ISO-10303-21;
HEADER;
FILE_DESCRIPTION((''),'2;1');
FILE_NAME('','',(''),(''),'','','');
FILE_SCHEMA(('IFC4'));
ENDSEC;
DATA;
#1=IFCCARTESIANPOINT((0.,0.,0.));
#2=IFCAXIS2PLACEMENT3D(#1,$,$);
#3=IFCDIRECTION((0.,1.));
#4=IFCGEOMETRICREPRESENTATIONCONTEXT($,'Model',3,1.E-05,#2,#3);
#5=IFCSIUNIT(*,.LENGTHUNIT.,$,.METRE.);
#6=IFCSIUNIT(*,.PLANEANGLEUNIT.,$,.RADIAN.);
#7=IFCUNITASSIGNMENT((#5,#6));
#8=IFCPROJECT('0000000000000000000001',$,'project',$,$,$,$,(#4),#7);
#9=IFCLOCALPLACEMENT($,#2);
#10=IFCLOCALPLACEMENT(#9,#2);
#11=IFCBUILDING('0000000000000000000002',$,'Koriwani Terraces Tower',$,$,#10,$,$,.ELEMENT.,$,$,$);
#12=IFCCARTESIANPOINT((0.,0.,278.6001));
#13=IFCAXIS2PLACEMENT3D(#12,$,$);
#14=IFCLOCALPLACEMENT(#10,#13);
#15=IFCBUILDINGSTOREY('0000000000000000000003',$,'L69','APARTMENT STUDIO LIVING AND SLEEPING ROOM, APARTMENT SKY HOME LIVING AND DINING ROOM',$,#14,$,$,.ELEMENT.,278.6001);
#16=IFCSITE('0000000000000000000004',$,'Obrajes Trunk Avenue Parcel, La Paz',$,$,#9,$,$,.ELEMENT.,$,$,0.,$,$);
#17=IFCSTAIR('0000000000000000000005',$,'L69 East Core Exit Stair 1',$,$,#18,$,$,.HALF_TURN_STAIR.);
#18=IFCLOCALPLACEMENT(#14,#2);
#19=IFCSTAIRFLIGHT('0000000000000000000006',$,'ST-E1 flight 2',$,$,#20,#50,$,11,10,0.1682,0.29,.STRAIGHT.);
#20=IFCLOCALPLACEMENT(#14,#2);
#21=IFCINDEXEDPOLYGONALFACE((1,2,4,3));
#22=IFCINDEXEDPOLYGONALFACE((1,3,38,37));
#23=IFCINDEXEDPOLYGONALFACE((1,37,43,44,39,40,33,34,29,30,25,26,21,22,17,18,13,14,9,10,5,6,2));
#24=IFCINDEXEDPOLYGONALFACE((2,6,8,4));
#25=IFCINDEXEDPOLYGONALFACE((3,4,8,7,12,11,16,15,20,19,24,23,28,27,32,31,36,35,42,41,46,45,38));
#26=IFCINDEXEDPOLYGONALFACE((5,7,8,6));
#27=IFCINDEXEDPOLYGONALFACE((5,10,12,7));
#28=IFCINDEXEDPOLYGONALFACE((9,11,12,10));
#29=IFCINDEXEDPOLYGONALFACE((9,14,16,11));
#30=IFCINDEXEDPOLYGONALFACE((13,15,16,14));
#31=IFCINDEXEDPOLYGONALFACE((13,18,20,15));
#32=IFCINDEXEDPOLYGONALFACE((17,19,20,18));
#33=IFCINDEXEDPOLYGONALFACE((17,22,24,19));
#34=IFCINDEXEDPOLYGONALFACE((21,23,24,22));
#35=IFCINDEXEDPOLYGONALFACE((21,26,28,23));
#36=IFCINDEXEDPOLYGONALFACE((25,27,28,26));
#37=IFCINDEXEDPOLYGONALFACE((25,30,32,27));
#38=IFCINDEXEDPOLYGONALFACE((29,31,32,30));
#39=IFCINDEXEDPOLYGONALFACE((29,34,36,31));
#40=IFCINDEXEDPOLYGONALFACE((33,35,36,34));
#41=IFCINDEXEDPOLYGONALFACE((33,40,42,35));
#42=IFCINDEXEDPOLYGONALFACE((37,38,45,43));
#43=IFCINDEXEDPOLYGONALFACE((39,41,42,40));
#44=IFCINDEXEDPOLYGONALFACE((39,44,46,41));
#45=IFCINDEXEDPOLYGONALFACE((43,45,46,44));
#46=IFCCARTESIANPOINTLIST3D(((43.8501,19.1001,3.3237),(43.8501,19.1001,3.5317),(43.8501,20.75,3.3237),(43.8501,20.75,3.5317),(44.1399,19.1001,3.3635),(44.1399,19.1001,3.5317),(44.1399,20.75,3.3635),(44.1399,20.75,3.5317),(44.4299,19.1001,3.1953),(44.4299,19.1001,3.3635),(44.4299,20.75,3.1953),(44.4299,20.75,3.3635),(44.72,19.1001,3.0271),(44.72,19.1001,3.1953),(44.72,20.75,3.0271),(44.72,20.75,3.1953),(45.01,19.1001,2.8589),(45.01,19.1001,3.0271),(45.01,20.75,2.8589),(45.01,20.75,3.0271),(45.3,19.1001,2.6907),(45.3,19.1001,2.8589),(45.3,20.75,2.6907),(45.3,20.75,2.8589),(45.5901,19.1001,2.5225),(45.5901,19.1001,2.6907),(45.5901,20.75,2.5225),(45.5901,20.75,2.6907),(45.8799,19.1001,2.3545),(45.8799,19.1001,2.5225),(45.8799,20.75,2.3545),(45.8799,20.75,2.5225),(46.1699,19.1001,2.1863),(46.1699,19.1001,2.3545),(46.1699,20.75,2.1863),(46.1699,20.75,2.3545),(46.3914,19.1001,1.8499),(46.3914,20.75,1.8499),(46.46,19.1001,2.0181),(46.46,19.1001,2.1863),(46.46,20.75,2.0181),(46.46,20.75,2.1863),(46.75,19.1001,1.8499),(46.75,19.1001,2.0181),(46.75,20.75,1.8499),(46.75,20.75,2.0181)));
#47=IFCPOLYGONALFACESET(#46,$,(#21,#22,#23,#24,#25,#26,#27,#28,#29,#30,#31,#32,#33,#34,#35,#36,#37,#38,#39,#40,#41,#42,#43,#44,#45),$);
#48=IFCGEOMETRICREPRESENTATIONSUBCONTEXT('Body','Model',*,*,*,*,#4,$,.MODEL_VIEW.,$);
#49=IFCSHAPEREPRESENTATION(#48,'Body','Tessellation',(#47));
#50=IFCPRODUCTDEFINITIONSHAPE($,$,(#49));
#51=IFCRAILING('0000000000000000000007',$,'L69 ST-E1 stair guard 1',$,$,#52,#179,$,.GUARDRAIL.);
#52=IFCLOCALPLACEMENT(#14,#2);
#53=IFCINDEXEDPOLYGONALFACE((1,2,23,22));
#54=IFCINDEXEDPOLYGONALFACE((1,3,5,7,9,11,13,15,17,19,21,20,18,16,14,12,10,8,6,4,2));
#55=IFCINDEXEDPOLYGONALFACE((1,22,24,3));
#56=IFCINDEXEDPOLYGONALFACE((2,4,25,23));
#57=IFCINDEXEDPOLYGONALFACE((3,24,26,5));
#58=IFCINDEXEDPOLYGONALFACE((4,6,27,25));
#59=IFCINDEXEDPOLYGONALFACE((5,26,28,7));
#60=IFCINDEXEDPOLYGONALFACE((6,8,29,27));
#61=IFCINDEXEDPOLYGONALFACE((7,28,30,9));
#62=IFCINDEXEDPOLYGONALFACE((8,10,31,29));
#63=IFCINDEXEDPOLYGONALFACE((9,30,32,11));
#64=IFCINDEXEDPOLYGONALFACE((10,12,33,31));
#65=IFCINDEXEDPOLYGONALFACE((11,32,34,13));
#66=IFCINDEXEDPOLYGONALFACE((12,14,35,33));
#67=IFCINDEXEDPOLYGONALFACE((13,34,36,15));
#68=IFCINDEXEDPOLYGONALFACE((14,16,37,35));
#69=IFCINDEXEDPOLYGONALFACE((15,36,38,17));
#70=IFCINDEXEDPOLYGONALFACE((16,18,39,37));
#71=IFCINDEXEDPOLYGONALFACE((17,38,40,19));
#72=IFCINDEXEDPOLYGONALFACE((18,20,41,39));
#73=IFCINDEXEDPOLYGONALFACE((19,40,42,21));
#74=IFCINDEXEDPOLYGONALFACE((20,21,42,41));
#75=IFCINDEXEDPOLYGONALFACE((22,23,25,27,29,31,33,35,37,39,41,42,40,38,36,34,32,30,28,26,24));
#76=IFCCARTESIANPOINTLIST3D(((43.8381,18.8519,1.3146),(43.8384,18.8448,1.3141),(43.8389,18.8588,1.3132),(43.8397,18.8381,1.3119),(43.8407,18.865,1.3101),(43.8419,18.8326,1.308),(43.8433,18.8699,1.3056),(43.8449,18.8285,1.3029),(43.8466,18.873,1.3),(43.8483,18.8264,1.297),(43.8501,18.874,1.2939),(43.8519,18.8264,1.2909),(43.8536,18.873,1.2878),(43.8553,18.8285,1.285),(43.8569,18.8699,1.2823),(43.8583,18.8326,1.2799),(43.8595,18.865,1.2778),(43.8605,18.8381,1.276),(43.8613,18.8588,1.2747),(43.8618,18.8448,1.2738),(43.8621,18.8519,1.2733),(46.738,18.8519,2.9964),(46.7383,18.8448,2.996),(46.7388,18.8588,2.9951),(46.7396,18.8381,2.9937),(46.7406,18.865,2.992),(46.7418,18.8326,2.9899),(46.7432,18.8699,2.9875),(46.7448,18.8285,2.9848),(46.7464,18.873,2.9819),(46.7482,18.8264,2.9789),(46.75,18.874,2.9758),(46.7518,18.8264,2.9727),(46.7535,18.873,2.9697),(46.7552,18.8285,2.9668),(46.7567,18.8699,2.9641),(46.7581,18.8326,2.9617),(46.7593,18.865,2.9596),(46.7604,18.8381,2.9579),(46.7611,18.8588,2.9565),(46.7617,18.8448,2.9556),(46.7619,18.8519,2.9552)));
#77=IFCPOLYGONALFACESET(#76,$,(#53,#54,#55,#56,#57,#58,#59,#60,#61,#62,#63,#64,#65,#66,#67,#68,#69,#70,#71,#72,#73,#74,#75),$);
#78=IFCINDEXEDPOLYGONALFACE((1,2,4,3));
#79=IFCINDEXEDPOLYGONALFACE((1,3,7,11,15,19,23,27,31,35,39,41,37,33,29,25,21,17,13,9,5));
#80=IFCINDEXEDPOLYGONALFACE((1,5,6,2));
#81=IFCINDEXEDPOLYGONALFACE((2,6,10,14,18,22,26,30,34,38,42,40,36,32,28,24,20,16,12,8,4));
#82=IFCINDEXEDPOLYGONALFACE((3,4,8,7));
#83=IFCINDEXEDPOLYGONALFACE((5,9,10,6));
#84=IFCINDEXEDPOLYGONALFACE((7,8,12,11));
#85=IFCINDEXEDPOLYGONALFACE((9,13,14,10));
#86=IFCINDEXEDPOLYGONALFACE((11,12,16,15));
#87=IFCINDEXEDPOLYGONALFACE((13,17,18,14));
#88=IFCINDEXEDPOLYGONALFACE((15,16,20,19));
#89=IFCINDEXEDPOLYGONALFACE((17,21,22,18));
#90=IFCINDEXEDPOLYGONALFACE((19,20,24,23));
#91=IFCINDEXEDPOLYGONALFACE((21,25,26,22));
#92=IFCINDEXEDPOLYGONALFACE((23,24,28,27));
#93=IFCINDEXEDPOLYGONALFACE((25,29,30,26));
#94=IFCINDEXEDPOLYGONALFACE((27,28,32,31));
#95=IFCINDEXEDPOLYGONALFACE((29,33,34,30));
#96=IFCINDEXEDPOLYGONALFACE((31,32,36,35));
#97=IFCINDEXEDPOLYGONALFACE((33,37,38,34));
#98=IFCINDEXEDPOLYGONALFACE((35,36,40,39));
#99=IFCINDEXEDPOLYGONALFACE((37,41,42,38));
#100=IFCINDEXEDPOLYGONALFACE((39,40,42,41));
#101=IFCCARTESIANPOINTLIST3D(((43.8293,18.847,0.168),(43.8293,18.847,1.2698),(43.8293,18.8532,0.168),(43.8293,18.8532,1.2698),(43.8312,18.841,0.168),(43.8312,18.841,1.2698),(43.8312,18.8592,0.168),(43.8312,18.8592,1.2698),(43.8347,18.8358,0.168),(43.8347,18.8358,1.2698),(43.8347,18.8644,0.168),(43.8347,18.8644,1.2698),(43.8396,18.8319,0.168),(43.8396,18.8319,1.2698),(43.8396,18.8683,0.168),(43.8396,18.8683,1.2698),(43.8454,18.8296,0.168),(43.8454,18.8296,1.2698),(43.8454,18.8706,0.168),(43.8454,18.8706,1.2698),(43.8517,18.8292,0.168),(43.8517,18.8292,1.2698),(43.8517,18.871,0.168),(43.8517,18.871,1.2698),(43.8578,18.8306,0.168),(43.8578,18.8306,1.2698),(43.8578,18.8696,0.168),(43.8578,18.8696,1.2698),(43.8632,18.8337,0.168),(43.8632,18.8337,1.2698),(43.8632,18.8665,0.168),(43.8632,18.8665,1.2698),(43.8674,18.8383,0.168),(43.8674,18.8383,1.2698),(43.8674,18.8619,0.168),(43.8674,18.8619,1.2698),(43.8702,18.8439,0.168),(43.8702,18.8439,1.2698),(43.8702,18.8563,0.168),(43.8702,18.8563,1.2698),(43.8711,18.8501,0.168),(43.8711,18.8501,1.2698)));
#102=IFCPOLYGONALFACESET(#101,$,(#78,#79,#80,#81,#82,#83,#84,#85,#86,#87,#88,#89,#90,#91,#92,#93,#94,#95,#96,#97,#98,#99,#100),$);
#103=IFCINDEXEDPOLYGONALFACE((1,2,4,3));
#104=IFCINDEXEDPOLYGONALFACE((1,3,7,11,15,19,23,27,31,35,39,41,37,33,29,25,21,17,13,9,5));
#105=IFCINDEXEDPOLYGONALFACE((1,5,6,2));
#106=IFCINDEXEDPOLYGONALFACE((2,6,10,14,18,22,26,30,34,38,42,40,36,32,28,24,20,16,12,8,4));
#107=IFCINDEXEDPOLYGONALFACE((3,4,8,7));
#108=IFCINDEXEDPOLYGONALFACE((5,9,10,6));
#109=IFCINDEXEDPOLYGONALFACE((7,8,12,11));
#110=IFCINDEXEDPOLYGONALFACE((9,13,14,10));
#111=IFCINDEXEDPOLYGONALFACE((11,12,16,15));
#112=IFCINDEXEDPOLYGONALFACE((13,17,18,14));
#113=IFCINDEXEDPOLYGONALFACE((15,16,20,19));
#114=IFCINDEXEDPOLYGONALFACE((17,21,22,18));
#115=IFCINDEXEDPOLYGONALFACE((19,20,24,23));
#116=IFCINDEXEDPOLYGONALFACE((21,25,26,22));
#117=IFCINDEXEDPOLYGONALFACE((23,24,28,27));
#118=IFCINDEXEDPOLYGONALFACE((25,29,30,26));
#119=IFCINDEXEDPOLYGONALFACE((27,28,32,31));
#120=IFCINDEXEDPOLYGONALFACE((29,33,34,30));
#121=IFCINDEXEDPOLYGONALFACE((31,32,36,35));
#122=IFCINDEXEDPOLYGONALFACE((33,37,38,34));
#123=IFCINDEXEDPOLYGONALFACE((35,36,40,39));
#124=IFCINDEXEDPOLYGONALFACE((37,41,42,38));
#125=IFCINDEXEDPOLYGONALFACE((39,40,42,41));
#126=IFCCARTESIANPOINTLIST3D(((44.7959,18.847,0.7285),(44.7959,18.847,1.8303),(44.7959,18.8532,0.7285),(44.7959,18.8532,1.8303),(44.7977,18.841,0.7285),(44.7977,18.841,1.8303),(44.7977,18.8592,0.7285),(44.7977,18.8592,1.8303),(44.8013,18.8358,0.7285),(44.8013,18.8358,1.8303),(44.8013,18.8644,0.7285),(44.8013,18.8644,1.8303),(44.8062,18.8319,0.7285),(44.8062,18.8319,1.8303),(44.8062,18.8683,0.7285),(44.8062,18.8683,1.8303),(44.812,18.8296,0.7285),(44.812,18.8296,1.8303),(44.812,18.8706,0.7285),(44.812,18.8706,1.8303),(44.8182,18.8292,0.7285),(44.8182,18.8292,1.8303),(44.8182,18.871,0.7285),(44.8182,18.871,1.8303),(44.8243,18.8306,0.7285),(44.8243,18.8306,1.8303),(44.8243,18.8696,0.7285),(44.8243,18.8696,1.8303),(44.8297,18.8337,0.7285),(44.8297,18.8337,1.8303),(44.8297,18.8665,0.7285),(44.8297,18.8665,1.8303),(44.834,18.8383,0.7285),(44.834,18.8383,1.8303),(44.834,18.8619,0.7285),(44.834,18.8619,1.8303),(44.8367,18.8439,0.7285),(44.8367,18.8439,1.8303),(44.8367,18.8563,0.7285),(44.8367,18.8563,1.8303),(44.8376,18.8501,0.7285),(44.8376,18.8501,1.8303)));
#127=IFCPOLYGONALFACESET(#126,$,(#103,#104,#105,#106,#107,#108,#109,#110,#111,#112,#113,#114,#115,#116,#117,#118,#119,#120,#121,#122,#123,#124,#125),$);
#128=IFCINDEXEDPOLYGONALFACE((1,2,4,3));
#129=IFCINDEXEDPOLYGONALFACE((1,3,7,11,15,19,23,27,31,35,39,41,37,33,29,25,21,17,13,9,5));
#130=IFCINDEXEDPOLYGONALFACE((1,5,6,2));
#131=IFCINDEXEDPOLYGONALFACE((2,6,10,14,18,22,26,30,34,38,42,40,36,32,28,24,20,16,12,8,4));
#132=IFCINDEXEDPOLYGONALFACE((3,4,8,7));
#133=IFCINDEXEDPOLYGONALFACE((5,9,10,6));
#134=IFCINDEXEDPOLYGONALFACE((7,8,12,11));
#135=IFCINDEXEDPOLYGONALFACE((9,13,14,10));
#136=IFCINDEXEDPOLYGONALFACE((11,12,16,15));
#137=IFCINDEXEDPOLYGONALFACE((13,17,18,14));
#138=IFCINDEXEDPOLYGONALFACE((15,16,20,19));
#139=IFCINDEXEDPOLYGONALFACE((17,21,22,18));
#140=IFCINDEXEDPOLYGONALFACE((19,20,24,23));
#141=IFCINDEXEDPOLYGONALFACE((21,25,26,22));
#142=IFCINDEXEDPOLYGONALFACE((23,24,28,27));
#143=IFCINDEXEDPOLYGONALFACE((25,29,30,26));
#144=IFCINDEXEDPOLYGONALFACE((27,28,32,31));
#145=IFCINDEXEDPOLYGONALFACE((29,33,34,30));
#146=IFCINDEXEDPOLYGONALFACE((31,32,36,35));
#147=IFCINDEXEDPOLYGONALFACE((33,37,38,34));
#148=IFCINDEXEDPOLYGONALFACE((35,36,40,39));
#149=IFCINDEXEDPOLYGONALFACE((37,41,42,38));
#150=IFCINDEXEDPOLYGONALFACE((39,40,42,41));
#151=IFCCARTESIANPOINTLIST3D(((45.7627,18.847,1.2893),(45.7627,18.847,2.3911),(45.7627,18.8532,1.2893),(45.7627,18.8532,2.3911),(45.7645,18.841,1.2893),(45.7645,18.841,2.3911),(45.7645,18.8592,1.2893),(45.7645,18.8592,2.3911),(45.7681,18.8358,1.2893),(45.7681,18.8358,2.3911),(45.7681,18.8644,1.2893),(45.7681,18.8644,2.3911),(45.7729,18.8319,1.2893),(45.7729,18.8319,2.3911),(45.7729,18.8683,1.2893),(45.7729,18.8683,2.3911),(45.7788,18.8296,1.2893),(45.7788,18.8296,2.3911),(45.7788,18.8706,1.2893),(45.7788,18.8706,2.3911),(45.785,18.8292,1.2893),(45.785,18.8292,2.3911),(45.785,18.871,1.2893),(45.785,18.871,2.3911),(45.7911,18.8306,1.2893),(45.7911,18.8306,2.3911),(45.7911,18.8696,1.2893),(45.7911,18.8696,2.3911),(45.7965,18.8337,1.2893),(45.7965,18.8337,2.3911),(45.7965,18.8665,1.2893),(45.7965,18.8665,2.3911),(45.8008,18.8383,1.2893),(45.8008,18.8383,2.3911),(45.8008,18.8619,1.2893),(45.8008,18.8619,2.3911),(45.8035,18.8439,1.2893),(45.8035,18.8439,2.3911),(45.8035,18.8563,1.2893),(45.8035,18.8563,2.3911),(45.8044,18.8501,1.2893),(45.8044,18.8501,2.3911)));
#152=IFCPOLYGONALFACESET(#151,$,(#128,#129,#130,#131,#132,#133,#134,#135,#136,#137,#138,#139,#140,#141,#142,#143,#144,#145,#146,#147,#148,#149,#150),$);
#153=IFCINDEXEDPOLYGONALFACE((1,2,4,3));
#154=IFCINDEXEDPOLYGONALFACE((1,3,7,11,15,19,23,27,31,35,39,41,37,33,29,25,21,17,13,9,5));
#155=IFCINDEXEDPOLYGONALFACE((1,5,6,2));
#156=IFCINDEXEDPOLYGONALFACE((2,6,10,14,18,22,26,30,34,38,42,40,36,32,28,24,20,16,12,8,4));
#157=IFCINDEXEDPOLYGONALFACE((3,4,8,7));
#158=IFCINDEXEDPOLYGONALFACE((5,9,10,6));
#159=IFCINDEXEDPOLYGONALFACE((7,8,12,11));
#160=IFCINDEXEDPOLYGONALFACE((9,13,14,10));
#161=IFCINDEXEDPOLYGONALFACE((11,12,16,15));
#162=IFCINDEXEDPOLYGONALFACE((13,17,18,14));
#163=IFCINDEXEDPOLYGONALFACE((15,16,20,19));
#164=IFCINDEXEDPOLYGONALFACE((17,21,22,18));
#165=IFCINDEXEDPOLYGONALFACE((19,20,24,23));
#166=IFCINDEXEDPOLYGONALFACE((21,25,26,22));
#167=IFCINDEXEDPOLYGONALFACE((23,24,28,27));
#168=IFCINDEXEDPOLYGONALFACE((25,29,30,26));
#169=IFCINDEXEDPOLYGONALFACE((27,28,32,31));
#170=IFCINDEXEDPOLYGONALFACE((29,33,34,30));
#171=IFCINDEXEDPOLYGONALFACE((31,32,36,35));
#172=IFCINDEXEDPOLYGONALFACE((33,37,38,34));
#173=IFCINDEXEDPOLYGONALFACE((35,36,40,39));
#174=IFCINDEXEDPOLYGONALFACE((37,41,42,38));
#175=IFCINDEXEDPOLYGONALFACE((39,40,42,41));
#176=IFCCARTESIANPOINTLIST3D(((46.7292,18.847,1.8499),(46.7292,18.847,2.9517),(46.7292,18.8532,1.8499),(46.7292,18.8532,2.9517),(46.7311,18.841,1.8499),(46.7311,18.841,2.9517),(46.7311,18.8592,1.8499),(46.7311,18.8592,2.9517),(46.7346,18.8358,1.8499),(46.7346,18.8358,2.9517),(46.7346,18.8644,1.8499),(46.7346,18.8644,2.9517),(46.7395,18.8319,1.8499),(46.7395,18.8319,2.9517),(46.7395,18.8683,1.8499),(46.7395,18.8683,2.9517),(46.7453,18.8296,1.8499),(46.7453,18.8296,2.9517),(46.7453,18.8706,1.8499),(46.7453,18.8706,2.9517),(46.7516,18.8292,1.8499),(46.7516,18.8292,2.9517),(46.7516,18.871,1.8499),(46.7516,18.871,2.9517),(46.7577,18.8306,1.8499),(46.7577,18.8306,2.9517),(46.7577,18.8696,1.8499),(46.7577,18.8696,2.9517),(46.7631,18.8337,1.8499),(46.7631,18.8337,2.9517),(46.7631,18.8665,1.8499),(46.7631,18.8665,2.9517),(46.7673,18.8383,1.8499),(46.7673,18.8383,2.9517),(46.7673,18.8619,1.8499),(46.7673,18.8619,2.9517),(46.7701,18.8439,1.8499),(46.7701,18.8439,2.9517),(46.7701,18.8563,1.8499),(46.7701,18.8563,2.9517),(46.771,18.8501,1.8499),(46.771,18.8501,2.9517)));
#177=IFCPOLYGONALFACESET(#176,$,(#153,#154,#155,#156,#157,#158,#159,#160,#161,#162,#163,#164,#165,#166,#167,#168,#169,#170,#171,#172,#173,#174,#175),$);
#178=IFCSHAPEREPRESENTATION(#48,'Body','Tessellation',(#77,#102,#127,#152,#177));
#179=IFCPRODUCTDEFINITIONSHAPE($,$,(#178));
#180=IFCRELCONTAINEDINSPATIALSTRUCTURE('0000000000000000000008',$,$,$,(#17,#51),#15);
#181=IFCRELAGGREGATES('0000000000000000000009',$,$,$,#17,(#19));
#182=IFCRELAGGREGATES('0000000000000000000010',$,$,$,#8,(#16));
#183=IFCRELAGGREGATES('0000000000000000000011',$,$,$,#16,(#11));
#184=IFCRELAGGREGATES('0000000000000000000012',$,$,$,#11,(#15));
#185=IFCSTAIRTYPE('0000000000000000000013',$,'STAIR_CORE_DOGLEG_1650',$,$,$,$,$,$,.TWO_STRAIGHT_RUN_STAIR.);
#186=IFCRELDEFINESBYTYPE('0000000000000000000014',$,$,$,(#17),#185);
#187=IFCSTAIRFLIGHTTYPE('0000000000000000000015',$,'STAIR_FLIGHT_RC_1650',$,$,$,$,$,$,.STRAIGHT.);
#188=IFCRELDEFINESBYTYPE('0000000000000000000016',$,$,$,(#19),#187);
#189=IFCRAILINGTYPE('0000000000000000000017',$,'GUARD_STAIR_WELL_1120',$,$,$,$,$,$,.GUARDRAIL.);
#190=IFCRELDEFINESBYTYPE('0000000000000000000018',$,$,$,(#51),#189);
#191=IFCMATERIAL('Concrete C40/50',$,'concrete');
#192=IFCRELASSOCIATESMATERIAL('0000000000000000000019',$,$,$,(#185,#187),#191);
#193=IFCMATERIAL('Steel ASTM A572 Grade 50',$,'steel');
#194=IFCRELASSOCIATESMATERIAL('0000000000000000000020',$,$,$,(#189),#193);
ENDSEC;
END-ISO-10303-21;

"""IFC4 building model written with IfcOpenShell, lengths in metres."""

from ifc_helpers import new_model, si_unit, direction, frame, origin, origin_2d, place, context, subcontext, project, spatial, polyline, circle, outline, extrude, material, type_object, element, aggregate, save


model = new_model("IFC4")

# Units and contexts
model_context = context("Model", 3, precision=1e-05, world=origin(), true_north=direction((0.0, 1.0)))
body_context = subcontext(model_context, "Body", "Model", "MODEL_VIEW")
ifc_project = project(units=[si_unit("LENGTHUNIT", "METRE"), si_unit("PLANEANGLEUNIT", "RADIAN")], contexts=[model_context])

# Site, building, storey
site_placement = place(None, origin())
site = spatial("IfcSite", under=ifc_project, at=site_placement, Name="Obrajes Trunk Avenue Parcel, La Paz", CompositionType="ELEMENT", RefElevation=0.0)
building_placement = place(site_placement, origin())
building = spatial("IfcBuilding", under=site, at=building_placement, Name="Koriwani Terraces Tower", CompositionType="ELEMENT")
storey_placement = place(building_placement, frame((0.0, 0.0, 278.6001)))
storey = spatial("IfcBuildingStorey", under=building, at=storey_placement, Name="L69", Description="APARTMENT STUDIO LIVING AND SLEEPING ROOM, APARTMENT SKY HOME LIVING AND DINING ROOM", CompositionType="ELEMENT", Elevation=278.6001)

# Shared definitions
ifc_material_1 = material(Name="Concrete C40/50", Category="concrete")
ifc_material_2 = material(Name="Steel ASTM A572 Grade 50", Category="steel")

# Stair, stair flight
stair_type = type_object("IfcStairType", Name="STAIR_CORE_DOGLEG_1650", PredefinedType="TWO_STRAIGHT_RUN_STAIR", material=ifc_material_1)
stair_placement = place(storey_placement, origin())
stair = element("IfcStair", 1, at=stair_placement, inside=storey, type_object=stair_type, Name="L69 East Core Exit Stair 1", PredefinedType="HALF_TURN_STAIR")
stair_flight_type = type_object("IfcStairFlightType", Name="STAIR_FLIGHT_RC_1650", PredefinedType="STRAIGHT", material=ifc_material_1)
stair_flight_1_placement = place(storey_placement, frame((46.75, 19.925, 1.8499), z_axis=(0.0, 0.0, 1.0), x_axis=(-1.0, 0.0, 0.0)))
stair_flight_1 = element("IfcStairFlight", 2, at=stair_flight_1_placement, type_object=stair_flight_type, Name="ST-E1 flight 2", NumberOfRisers=11, NumberOfTreads=10, PredefinedType="STRAIGHT", RiserHeight=0.1682, TreadLength=0.29, context=body_context, shape_type="SweptSolid", body=[
    extrude(outline(polyline([(0.0, 0.0), (0.0, 0.1682), (0.29, 0.1682), (0.29, 0.3364), (0.5801, 0.3364), (0.5801, 0.5046), (0.8701, 0.5046), (0.8701, 0.6726), (1.1599, 0.6726), (1.1599, 0.8408), (1.45, 0.8408), (1.45, 1.009), (1.74, 1.009), (1.74, 1.1772), (2.03, 1.1772), (2.03, 1.3455), (2.3201, 1.3455), (2.3201, 1.5137), (2.6101, 1.5137), (2.6101, 1.6819), (2.8999, 1.6819), (2.8999, 1.8501), (2.8999, 1.4739), (0.3586, 0.0), (0.0, 0.0)])), frame((0.0, 0.825, 0.0), z_axis=(0.0, -1.0, 0.0), x_axis=(1.0, 0.0, 0.0)), (0.0, 0.0, 1.0), 1.6499),
])
aggregate(stair, [stair_flight_1])

# Railing
railing_type_1 = type_object("IfcRailingType", Name="GUARD_STAIR_WELL_1120", PredefinedType="GUARDRAIL", material=ifc_material_2)
railing_1_placement = place(storey_placement, frame((43.8501, 18.8501, 0.168)))
element("IfcRailing", 3, at=railing_1_placement, inside=storey, type_object=railing_type_1, Name="L69 ST-E1 stair guard 1", PredefinedType="GUARDRAIL", context=body_context, shape_type="SweptSolid", body=[
    extrude(circle(Radius=0.0239, at=origin_2d()), frame((0.0, 0.0, 1.126), z_axis=(0.865039, 0.0, 0.501705), x_axis=(0.0, 1.0, 0.0)), (0.0, 0.0, 1.0), 3.3523),
    extrude(circle(Radius=0.021, at=origin_2d()), origin(), (0.0, 0.0, 1.0), 1.1018),
    extrude(circle(Radius=0.021, at=origin_2d()), frame((0.9666, 0.0, 0.5605)), (0.0, 0.0, 1.0), 1.1018),
    extrude(circle(Radius=0.021, at=origin_2d()), frame((1.9333, 0.0, 1.1213)), (0.0, 0.0, 1.0), 1.1018),
    extrude(circle(Radius=0.021, at=origin_2d()), frame((2.8999, 0.0, 1.6819)), (0.0, 0.0, 1.0), 1.1018),
])

save(model, "model.ifc")
